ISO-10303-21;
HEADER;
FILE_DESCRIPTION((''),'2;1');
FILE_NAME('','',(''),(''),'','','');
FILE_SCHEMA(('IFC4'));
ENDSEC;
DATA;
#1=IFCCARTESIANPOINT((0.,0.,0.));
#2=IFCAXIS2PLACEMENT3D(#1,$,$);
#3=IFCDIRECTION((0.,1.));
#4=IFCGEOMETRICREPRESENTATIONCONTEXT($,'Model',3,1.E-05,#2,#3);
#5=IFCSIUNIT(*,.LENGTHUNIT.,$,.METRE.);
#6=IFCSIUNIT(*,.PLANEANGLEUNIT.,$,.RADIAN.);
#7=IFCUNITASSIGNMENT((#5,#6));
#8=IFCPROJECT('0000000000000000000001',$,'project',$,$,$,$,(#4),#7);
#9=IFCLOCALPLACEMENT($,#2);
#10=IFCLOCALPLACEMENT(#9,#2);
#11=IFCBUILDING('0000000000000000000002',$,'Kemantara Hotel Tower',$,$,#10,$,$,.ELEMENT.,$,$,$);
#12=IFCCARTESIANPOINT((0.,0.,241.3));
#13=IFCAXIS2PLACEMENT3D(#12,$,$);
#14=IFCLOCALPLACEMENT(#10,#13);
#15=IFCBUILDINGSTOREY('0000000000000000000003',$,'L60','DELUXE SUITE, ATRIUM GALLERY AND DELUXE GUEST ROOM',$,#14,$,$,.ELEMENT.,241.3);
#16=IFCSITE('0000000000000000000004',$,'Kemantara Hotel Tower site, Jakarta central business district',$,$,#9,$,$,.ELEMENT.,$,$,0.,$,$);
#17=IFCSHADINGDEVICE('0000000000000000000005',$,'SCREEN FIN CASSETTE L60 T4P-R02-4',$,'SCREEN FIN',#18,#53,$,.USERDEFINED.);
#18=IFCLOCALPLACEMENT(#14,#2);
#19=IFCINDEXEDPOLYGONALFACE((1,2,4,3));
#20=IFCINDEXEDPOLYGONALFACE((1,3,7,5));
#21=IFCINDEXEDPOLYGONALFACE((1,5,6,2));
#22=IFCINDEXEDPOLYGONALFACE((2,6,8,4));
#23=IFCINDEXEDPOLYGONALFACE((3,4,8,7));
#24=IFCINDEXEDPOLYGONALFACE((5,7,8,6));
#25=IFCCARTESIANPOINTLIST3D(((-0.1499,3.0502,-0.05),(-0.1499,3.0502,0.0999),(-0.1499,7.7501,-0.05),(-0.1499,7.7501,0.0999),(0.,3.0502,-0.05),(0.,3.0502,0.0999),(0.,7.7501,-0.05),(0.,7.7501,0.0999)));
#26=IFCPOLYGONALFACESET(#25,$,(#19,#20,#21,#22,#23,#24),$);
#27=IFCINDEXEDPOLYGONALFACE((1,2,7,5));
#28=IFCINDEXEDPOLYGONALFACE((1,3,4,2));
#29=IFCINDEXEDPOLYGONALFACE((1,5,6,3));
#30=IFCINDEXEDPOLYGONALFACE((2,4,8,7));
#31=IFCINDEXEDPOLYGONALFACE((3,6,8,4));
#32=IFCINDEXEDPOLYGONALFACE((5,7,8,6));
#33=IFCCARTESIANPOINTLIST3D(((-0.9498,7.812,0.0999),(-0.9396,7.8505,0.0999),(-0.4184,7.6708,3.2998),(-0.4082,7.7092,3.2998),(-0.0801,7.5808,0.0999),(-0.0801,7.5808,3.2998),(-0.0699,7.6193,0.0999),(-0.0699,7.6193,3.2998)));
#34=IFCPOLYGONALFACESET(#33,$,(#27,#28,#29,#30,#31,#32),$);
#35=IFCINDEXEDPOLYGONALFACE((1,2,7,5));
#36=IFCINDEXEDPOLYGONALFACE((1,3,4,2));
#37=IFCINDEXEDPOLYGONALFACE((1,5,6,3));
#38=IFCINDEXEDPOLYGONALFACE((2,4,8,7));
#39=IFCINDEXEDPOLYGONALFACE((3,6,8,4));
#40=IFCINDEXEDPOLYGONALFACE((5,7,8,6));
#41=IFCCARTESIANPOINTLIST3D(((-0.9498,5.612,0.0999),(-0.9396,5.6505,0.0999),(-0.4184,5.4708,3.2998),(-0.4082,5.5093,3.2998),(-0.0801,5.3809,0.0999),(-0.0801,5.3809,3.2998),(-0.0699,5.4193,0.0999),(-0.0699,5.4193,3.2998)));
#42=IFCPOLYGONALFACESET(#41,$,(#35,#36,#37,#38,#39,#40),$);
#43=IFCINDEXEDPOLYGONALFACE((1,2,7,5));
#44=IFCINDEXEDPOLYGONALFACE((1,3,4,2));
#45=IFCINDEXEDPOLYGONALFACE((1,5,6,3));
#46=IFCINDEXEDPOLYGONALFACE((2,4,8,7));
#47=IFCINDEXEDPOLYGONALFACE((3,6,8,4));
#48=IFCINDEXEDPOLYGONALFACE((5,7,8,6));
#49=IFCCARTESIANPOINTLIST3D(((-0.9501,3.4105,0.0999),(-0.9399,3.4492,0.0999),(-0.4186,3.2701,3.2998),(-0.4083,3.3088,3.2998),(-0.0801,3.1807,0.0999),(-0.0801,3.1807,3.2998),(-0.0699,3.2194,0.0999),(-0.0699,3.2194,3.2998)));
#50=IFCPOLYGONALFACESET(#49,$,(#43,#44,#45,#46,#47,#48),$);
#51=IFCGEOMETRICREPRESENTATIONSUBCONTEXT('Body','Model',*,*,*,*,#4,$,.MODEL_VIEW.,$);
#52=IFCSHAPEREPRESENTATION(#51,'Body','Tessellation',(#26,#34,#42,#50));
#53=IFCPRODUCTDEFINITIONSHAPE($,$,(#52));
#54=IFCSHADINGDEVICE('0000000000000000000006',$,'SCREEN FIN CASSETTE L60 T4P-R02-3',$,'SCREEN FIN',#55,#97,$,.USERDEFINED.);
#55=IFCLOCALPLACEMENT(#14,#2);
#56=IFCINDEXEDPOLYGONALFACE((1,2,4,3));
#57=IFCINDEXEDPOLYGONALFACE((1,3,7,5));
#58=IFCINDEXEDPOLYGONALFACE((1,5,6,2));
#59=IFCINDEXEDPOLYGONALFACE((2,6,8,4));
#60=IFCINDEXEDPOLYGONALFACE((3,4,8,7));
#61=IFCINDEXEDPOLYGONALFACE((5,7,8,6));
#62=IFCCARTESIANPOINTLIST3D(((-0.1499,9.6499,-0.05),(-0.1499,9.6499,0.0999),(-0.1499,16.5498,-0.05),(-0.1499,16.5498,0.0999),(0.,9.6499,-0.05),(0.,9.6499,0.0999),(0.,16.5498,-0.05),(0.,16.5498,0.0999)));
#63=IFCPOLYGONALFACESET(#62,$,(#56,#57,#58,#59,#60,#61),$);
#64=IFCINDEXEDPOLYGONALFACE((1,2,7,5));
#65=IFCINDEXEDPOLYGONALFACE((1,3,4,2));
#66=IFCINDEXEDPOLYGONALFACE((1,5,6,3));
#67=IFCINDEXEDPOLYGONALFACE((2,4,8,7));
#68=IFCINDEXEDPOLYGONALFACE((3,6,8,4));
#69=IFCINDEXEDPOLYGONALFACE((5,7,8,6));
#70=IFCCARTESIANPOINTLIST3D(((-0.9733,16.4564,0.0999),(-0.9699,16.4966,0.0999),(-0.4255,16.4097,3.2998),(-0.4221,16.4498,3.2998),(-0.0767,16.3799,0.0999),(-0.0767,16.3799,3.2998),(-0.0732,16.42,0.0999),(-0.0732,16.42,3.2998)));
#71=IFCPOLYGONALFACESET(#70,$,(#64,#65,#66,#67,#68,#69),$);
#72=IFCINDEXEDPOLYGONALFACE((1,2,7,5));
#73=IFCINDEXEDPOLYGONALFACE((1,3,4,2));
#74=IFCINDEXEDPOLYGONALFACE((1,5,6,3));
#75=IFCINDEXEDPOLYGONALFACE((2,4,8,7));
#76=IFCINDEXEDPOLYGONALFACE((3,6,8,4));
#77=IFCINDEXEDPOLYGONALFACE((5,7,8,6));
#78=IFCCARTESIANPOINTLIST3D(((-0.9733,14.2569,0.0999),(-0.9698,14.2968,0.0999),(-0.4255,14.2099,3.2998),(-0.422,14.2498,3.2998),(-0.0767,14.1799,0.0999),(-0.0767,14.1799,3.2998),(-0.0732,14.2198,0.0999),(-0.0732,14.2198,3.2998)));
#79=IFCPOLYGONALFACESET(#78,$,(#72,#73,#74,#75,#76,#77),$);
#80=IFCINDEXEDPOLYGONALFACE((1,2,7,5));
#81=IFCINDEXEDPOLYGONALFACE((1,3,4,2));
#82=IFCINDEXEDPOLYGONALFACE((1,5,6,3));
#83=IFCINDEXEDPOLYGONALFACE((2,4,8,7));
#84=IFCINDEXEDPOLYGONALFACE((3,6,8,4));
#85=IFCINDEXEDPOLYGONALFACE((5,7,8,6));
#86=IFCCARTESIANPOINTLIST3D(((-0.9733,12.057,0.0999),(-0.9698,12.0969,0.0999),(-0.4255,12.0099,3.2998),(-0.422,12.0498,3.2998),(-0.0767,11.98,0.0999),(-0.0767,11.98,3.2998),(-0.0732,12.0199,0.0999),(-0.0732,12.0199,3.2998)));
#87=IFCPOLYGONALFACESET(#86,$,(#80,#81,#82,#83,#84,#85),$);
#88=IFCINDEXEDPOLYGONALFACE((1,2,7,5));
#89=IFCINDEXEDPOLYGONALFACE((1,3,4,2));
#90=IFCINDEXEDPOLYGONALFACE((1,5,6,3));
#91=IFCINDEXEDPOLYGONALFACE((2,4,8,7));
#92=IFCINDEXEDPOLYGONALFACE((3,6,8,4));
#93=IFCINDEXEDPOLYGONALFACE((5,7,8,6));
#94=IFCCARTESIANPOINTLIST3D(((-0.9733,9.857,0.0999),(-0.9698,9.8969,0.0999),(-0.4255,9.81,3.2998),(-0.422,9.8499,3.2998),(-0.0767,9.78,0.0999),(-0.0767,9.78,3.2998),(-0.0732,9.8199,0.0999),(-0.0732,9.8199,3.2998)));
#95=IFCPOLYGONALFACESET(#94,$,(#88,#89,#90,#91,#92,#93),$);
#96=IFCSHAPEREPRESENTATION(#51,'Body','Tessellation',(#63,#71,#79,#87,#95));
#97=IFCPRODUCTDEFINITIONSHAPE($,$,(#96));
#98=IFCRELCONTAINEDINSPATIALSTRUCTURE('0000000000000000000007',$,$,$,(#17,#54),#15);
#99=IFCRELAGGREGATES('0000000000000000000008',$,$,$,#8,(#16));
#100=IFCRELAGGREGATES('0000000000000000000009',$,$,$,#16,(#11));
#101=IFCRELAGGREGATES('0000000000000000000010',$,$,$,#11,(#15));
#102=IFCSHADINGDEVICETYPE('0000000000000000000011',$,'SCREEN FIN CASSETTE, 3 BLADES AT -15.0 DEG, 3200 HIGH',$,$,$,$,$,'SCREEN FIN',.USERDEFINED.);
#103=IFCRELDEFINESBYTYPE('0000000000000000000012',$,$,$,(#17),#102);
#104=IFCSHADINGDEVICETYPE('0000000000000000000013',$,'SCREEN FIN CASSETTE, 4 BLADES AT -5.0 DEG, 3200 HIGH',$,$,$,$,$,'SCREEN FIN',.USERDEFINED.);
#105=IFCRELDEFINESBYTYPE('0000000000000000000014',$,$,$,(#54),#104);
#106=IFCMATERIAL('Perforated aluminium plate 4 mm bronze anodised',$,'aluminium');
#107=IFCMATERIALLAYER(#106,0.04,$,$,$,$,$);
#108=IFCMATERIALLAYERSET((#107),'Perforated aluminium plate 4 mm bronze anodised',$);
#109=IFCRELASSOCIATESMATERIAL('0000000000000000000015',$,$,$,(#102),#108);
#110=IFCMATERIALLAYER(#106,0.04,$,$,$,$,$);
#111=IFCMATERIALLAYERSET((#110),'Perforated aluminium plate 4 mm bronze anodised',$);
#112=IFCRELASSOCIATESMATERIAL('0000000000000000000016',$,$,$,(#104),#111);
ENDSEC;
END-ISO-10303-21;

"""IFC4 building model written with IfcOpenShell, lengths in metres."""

from ifc_helpers import new_model, si_unit, direction, frame, origin, origin_2d, place, context, subcontext, project, spatial, polyline, rectangle, outline, extrude, source, transform, mapped, material, layer, layer_set, type_object, element, save


model = new_model("IFC4")

# Units and contexts
model_context = context("Model", 3, precision=1e-05, world=origin(), true_north=direction((0.0, 1.0)))
body_context = subcontext(model_context, "Body", "Model", "MODEL_VIEW")
ifc_project = project(units=[si_unit("LENGTHUNIT", "METRE"), si_unit("PLANEANGLEUNIT", "RADIAN")], contexts=[model_context])

# Site, building, storey
site_placement = place(None, origin())
site = spatial("IfcSite", under=ifc_project, at=site_placement, Name="Kemantara Hotel Tower site, Jakarta central business district", CompositionType="ELEMENT", RefElevation=0.0)
building_placement = place(site_placement, origin())
building = spatial("IfcBuilding", under=site, at=building_placement, Name="Kemantara Hotel Tower", CompositionType="ELEMENT")
storey_placement = place(building_placement, frame((0.0, 0.0, 241.3)))
storey = spatial("IfcBuildingStorey", under=building, at=storey_placement, Name="L60", Description="DELUXE SUITE, ATRIUM GALLERY AND DELUXE GUEST ROOM", CompositionType="ELEMENT", Elevation=241.3)

# Shading devices
ifc_material_1 = material(Name="Perforated aluminium plate 4 mm bronze anodised", Category="aluminium")
ifc_layer_1 = layer(ifc_material_1, 0.04)
ifc_layer_set_1 = layer_set([ifc_layer_1], Name="Perforated aluminium plate 4 mm bronze anodised")
shading_device_type_1 = type_object("IfcShadingDeviceType", Name="SCREEN FIN CASSETTE, 3 BLADES AT -15.0 DEG, 3200 HIGH", ElementType="SCREEN FIN", PredefinedType="USERDEFINED", material=ifc_layer_set_1)
shared_shape_1 = source(origin(), body_context, "Body", "SweptSolid", [
    extrude(rectangle(XDim=4.7, YDim=0.1499, at=origin_2d()), frame((2.2, -0.075, -0.1499), z_axis=(0.0, 0.0, 1.0), x_axis=(1.0, 0.0, 0.0)), (0.0, 0.0, 1.0), 0.1499),
    extrude(outline(polyline([(0.0, 0.0), (0.8999, 0.0), (0.3501, 3.2), (0.0, 3.2), (0.0, 0.0)])), frame((0.0193, -0.0801, 0.0), z_axis=(-0.966438, 0.256901, 0.0), x_axis=(-0.256901, -0.966438, 0.0)), (0.0, 0.0, 1.0), 0.0398),
    extrude(outline(polyline([(0.0, 0.0), (0.8999, 0.0), (0.3501, 3.2), (0.0, 3.2), (0.0, 0.0)])), frame((2.2192, -0.0801, 0.0), z_axis=(-0.966438, 0.256901, 0.0), x_axis=(-0.256901, -0.966438, 0.0)), (0.0, 0.0, 1.0), 0.0398),
    extrude(outline(polyline([(0.0, 0.0), (0.8999, 0.0), (0.3501, 3.2), (0.0, 3.2), (0.0, 0.0)])), frame((4.4194, -0.0801, 0.0), z_axis=(-0.966838, 0.255391, 0.0), x_axis=(-0.255391, -0.966838, 0.0)), (0.0, 0.0, 1.0), 0.04),
])
shading_device_1_placement = place(storey_placement, frame((0.0, 7.6001, 0.0999), z_axis=(0.0, 0.0, 1.0), x_axis=(0.0, -1.0, 0.0)))
element("IfcShadingDevice", 1, at=shading_device_1_placement, inside=storey, type_object=shading_device_type_1, Name="SCREEN FIN CASSETTE L60 T4P-R02-4", ObjectType="SCREEN FIN", PredefinedType="USERDEFINED", context=body_context, shape_type="MappedRepresentation", body=[
    mapped(shared_shape_1, transform((0.0, 0.0, 0.0))),
])
ifc_layer_2 = layer(ifc_material_1, 0.04)
ifc_layer_set_2 = layer_set([ifc_layer_2], Name="Perforated aluminium plate 4 mm bronze anodised")
shading_device_type_2 = type_object("IfcShadingDeviceType", Name="SCREEN FIN CASSETTE, 4 BLADES AT -5.0 DEG, 3200 HIGH", ElementType="SCREEN FIN", PredefinedType="USERDEFINED", material=ifc_layer_set_2)
shared_shape_2 = source(origin(), body_context, "Body", "SweptSolid", [
    extrude(rectangle(XDim=6.8999, YDim=0.1499, at=origin_2d()), frame((3.3, -0.075, -0.1499), z_axis=(0.0, 0.0, 1.0), x_axis=(1.0, 0.0, 0.0)), (0.0, 0.0, 1.0), 0.1499),
    extrude(outline(polyline([(0.0, 0.0), (0.8999, 0.0), (0.3501, 3.2), (0.0, 3.2), (0.0, 0.0)])), frame((0.02, -0.0767, 0.0), z_axis=(-0.996376, 0.085056, 0.0), x_axis=(-0.085056, -0.996376, 0.0)), (0.0, 0.0, 1.0), 0.0403),
    extrude(outline(polyline([(0.0, 0.0), (0.8999, 0.0), (0.3501, 3.2), (0.0, 3.2), (0.0, 0.0)])), frame((2.22, -0.0767, 0.0), z_axis=(-0.996332, 0.085575, 0.0), x_axis=(-0.085575, -0.996332, 0.0)), (0.0, 0.0, 1.0), 0.04),
    extrude(outline(polyline([(0.0, 0.0), (0.8999, 0.0), (0.3501, 3.2), (0.0, 3.2), (0.0, 0.0)])), frame((4.4199, -0.0767, 0.0), z_axis=(-0.996332, 0.085575, 0.0), x_axis=(-0.085575, -0.996332, 0.0)), (0.0, 0.0, 1.0), 0.04),
    extrude(outline(polyline([(0.0, 0.0), (0.8999, 0.0), (0.3501, 3.2), (0.0, 3.2), (0.0, 0.0)])), frame((6.6199, -0.0767, 0.0), z_axis=(-0.996332, 0.085575, 0.0), x_axis=(-0.085575, -0.996332, 0.0)), (0.0, 0.0, 1.0), 0.04),
])
shading_device_2_placement = place(storey_placement, frame((0.0, 16.3999, 0.0999), z_axis=(0.0, 0.0, 1.0), x_axis=(0.0, -1.0, 0.0)))
element("IfcShadingDevice", 2, at=shading_device_2_placement, inside=storey, type_object=shading_device_type_2, Name="SCREEN FIN CASSETTE L60 T4P-R02-3", ObjectType="SCREEN FIN", PredefinedType="USERDEFINED", context=body_context, shape_type="MappedRepresentation", body=[
    mapped(shared_shape_2, transform((0.0, 0.0, 0.0))),
])

save(model, "model.ifc")
